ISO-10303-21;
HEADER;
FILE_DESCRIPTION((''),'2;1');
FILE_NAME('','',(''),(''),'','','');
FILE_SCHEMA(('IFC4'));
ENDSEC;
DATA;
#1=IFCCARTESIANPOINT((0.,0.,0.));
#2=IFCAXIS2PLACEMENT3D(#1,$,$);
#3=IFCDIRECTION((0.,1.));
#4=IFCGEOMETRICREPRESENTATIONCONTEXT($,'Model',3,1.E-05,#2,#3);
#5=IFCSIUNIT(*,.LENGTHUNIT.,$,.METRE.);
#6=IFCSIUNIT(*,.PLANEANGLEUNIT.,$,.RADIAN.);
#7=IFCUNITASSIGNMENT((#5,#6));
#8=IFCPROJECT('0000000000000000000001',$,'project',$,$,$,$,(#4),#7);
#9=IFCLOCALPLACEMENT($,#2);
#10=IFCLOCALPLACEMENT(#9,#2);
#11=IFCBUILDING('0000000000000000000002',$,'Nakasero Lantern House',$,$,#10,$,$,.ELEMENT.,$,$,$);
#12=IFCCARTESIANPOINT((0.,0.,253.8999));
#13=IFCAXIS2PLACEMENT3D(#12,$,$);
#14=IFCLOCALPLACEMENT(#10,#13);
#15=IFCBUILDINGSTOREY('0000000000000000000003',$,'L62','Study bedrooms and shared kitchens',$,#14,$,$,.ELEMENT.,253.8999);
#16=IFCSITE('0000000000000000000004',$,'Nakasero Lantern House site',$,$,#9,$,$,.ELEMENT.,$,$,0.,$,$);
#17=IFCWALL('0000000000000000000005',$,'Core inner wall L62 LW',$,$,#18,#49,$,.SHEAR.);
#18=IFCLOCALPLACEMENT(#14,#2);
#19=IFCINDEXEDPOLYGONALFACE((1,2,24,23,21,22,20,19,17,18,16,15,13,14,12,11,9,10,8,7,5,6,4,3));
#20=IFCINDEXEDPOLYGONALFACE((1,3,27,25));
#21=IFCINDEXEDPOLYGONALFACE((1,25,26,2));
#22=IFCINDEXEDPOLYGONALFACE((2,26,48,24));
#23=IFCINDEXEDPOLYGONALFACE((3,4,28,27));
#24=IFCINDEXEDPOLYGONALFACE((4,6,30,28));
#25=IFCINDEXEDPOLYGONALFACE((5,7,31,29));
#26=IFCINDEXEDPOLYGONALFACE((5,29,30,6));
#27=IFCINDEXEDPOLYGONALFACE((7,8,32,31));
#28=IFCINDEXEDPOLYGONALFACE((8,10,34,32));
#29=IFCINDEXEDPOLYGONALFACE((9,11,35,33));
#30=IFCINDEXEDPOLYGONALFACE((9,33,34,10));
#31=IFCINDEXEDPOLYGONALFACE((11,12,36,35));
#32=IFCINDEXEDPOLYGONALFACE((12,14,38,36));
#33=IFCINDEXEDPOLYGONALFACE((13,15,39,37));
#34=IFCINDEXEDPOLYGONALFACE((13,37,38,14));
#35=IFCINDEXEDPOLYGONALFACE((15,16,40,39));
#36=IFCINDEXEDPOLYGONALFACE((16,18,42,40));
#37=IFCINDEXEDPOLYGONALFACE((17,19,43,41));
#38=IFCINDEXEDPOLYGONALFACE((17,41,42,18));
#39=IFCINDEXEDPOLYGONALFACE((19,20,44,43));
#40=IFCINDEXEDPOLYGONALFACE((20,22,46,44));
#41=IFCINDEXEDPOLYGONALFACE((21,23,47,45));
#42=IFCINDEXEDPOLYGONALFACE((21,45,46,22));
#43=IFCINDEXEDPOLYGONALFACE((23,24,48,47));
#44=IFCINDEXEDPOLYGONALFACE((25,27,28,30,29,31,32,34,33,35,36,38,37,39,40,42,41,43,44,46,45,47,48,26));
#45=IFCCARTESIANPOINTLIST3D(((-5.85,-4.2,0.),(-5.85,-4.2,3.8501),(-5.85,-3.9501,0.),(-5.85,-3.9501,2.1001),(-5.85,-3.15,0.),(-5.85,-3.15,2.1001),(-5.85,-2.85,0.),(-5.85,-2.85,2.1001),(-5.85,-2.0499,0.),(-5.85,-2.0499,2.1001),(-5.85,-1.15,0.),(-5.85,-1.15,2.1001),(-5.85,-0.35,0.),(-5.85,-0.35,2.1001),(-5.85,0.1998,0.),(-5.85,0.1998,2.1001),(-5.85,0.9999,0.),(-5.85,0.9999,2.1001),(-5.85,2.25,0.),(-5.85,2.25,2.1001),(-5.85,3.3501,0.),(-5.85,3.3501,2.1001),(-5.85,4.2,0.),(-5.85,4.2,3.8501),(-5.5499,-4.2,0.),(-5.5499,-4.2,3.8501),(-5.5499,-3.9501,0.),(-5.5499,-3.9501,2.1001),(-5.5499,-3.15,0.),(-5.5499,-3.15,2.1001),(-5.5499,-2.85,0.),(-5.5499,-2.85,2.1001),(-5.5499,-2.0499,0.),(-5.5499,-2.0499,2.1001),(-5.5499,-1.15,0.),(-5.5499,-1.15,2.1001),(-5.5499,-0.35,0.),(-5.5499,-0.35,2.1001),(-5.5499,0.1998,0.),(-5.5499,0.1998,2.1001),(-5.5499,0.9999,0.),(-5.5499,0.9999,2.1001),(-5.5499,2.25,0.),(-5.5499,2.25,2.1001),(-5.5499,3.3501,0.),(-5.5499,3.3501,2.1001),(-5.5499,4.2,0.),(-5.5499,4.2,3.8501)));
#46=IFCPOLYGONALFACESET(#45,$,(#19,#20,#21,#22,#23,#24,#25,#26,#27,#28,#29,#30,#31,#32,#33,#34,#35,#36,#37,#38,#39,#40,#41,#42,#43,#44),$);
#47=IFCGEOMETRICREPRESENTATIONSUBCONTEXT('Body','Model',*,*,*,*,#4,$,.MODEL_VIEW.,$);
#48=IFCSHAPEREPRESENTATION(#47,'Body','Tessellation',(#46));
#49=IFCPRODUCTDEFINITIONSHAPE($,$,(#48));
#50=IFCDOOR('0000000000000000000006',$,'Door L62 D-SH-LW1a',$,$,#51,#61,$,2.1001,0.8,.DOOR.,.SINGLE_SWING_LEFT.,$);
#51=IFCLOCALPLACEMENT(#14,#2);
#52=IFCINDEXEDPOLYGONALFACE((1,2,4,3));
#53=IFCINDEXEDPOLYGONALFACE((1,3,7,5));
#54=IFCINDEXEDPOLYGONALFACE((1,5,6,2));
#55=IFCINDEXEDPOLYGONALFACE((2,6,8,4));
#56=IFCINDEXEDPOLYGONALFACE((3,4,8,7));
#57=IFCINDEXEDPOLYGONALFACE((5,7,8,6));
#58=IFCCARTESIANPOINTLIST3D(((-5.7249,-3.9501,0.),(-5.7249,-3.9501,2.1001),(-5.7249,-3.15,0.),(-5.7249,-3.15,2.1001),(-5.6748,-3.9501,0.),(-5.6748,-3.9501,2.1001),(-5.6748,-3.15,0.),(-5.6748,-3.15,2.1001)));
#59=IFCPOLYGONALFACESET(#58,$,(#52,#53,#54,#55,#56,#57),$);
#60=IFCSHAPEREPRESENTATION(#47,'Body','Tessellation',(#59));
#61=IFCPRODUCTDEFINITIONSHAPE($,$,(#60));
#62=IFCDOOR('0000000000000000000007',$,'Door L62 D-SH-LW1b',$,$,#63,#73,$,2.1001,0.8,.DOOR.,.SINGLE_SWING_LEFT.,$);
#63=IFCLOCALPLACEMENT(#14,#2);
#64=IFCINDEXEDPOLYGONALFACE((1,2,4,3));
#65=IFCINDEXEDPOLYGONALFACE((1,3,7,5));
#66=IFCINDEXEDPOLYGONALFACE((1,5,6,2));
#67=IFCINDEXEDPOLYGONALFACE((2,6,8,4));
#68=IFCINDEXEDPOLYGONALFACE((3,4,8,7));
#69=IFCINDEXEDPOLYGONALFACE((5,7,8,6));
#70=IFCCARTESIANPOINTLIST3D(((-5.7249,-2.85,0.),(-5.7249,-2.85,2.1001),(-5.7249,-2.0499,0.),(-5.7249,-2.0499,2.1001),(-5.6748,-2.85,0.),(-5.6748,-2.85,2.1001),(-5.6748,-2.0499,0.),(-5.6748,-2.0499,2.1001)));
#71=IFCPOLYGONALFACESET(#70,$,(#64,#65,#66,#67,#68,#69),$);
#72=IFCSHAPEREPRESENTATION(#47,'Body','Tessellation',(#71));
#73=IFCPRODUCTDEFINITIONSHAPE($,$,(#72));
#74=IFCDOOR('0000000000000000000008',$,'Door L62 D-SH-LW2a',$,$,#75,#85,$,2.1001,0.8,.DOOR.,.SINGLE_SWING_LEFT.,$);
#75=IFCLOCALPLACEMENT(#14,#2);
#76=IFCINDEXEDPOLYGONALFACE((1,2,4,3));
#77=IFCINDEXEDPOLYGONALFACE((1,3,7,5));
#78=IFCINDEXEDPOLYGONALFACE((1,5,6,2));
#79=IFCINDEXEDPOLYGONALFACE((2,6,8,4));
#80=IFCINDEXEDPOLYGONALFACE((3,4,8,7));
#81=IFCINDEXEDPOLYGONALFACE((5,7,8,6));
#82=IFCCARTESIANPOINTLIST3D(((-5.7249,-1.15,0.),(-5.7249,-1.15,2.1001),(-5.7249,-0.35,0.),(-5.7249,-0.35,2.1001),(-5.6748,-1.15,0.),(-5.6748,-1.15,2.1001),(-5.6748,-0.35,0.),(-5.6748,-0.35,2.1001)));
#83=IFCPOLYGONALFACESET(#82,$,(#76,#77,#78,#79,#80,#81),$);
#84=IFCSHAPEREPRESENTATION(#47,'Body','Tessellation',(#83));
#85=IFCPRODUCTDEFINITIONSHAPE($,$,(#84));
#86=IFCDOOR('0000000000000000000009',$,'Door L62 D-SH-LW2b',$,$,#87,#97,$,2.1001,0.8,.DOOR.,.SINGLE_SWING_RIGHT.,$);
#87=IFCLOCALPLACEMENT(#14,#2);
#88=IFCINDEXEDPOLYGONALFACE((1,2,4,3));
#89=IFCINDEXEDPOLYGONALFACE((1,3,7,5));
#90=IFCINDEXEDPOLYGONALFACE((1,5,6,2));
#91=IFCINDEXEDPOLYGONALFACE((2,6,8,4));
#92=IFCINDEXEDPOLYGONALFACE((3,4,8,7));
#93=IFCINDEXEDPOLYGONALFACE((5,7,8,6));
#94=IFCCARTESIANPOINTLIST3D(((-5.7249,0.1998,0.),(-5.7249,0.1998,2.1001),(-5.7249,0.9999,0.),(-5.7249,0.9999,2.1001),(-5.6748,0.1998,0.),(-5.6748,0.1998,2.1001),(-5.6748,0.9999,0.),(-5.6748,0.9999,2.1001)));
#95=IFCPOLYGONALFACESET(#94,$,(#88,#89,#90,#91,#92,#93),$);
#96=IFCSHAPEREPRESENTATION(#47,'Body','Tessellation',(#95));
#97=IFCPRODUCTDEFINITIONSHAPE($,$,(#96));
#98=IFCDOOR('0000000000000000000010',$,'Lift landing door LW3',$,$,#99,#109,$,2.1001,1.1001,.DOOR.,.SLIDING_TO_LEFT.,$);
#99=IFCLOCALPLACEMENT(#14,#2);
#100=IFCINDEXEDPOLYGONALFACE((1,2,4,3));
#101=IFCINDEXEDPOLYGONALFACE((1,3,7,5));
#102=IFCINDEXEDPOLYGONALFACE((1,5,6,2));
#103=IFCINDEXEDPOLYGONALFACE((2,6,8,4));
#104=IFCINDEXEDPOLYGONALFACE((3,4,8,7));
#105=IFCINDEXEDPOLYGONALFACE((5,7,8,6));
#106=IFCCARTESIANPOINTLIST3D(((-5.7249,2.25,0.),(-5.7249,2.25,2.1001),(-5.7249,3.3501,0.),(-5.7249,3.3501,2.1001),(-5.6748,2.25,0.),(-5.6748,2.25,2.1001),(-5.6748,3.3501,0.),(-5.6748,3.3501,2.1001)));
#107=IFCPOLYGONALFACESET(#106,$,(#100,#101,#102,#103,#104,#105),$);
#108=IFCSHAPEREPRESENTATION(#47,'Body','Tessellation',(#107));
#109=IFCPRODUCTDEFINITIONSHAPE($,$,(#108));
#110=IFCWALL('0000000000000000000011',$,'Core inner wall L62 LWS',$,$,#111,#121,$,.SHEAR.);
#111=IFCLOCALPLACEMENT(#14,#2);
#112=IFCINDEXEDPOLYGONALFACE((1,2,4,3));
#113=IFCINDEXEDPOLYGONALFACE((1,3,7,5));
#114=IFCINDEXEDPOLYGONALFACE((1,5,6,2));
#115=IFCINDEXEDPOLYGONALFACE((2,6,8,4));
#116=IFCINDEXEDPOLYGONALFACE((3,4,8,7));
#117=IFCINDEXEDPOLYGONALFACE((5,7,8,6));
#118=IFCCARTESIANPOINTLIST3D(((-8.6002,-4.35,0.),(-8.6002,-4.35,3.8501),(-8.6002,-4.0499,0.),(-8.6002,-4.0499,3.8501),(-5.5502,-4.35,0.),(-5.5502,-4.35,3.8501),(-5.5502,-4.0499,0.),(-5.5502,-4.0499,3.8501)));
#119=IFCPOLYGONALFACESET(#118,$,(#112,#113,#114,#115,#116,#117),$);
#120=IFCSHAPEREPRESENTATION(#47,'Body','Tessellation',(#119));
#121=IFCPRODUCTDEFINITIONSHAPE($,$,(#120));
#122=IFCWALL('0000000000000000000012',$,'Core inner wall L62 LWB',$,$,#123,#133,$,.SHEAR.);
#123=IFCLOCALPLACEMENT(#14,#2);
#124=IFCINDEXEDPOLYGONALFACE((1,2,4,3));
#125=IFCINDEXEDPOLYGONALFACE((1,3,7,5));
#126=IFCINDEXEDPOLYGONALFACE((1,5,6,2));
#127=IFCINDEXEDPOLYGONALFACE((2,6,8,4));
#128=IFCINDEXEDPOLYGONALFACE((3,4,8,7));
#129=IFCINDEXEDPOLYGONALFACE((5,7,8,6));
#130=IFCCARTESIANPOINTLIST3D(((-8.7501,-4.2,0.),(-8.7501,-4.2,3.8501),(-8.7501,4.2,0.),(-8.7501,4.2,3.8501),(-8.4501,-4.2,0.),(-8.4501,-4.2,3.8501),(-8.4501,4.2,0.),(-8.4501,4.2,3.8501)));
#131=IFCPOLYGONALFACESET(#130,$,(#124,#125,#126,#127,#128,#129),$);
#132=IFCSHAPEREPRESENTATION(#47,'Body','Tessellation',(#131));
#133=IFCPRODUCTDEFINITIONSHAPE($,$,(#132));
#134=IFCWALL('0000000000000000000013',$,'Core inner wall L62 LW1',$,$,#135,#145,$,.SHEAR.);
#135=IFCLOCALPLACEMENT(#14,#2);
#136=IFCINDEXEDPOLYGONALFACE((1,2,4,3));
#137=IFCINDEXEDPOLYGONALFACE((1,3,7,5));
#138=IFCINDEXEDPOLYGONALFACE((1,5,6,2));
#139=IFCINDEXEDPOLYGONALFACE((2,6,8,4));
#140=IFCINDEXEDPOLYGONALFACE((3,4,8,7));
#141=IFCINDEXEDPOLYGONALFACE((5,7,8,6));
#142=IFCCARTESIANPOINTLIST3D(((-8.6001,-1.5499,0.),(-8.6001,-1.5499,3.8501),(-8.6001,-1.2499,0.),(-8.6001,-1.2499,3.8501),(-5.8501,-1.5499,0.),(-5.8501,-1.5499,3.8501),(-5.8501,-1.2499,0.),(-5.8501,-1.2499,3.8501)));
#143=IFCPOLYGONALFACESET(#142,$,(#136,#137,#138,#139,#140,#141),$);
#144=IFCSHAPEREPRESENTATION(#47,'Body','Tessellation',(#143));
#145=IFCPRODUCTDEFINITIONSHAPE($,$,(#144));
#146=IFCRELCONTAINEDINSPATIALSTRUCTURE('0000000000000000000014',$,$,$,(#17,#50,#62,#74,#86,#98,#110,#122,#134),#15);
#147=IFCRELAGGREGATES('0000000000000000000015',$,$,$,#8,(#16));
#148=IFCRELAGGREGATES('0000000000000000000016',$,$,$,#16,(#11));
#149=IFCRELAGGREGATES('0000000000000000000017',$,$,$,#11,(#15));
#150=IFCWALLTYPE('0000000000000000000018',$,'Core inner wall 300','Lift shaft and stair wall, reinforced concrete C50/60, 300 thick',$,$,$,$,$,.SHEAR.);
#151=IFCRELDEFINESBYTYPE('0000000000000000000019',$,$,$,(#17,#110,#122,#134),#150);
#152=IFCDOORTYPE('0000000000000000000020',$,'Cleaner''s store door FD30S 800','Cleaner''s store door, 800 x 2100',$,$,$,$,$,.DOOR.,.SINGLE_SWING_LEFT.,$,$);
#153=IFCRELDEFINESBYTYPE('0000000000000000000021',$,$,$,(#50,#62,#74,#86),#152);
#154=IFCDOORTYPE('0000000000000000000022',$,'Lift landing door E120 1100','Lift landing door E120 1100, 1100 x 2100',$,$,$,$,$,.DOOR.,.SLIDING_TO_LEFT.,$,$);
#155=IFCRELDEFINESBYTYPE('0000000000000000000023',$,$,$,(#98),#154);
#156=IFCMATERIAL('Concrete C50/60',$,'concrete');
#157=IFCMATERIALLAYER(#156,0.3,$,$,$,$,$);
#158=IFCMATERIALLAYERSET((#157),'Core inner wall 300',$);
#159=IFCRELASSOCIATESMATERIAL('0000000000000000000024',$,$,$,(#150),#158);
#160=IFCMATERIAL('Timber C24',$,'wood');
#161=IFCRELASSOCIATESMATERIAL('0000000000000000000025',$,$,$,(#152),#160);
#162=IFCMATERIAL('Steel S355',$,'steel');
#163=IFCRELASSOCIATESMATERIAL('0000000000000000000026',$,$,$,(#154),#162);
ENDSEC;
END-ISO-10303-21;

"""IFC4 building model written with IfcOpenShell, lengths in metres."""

from ifc_helpers import new_model, si_unit, direction, frame, frame_2d, origin, place, context, subcontext, project, spatial, rectangle, extrude, material, layer, layer_set, type_object, element, fill, save


model = new_model("IFC4")

# Units and contexts
model_context = context("Model", 3, precision=1e-05, world=origin(), true_north=direction((0.0, 1.0)))
body_context = subcontext(model_context, "Body", "Model", "MODEL_VIEW")
ifc_project = project(units=[si_unit("LENGTHUNIT", "METRE"), si_unit("PLANEANGLEUNIT", "RADIAN")], contexts=[model_context])

# Site, building, storey
site_placement = place(None, origin())
site = spatial("IfcSite", under=ifc_project, at=site_placement, Name="Nakasero Lantern House site", CompositionType="ELEMENT", RefElevation=0.0)
building_placement = place(site_placement, origin())
building = spatial("IfcBuilding", under=site, at=building_placement, Name="Nakasero Lantern House", CompositionType="ELEMENT")
storey_placement = place(building_placement, frame((0.0, 0.0, 253.8999)))
storey = spatial("IfcBuildingStorey", under=building, at=storey_placement, Name="L62", Description="Study bedrooms and shared kitchens", CompositionType="ELEMENT", Elevation=253.8999)

# Wall, openings, doors
ifc_material_1 = material(Name="Concrete C50/60", Category="concrete")
ifc_layer_1 = layer(ifc_material_1, 0.3)
ifc_layer_set_1 = layer_set([ifc_layer_1], Name="Core inner wall 300")
wall_type_1 = type_object("IfcWallType", Name="Core inner wall 300", Description="Lift shaft and stair wall, reinforced concrete C50/60, 300 thick", PredefinedType="SHEAR", material=ifc_layer_set_1)
wall_1_placement = place(storey_placement, frame((-5.7, -4.2, 0.0), z_axis=(0.0, 0.0, 1.0), x_axis=(0.0, 1.0, 0.0)))
wall_1 = element("IfcWall", 1, at=wall_1_placement, inside=storey, type_object=wall_type_1, Name="Core inner wall L62 LW", PredefinedType="SHEAR", context=body_context, shape_type="SweptSolid", body=[
    extrude(rectangle(XDim=8.3999, YDim=0.3, at=frame_2d((4.2, 0.0))), origin(), (0.0, 0.0, 1.0), 3.8501),
])
opening_1_placement = place(wall_1_placement, frame((0.25, 0.0, 0.0)))
opening_1 = element("IfcOpeningElement", 2, at=opening_1_placement, cuts=wall_1, PredefinedType="OPENING", context=body_context, shape_type="SweptSolid", body=[
    extrude(rectangle(XDim=0.8, YDim=2.1001, at=frame_2d((0.3999, 1.05))), frame((0.0, 0.1699, 0.0), z_axis=(0.0, -1.0, 0.0), x_axis=(1.0, 0.0, 0.0)), (0.0, 0.0, 1.0), 0.3401),
])
opening_2_placement = place(wall_1_placement, frame((1.3501, 0.0, 0.0)))
opening_2 = element("IfcOpeningElement", 3, at=opening_2_placement, cuts=wall_1, PredefinedType="OPENING", context=body_context, shape_type="SweptSolid", body=[
    extrude(rectangle(XDim=0.8, YDim=2.1001, at=frame_2d((0.3999, 1.05))), frame((0.0, 0.1699, 0.0), z_axis=(0.0, -1.0, 0.0), x_axis=(1.0, 0.0, 0.0)), (0.0, 0.0, 1.0), 0.3401),
])
opening_3_placement = place(wall_1_placement, frame((3.05, 0.0, 0.0)))
opening_3 = element("IfcOpeningElement", 4, at=opening_3_placement, cuts=wall_1, PredefinedType="OPENING", context=body_context, shape_type="SweptSolid", body=[
    extrude(rectangle(XDim=0.8, YDim=2.1001, at=frame_2d((0.3999, 1.05))), frame((0.0, 0.1699, 0.0), z_axis=(0.0, -1.0, 0.0), x_axis=(1.0, 0.0, 0.0)), (0.0, 0.0, 1.0), 0.3401),
])
opening_4_placement = place(wall_1_placement, frame((4.3999, 0.0, 0.0)))
opening_4 = element("IfcOpeningElement", 5, at=opening_4_placement, cuts=wall_1, PredefinedType="OPENING", context=body_context, shape_type="SweptSolid", body=[
    extrude(rectangle(XDim=0.8, YDim=2.1001, at=frame_2d((0.3999, 1.05))), frame((0.0, 0.1699, 0.0), z_axis=(0.0, -1.0, 0.0), x_axis=(1.0, 0.0, 0.0)), (0.0, 0.0, 1.0), 0.3401),
])
opening_5_placement = place(wall_1_placement, frame((6.45, 0.0, 0.0)))
opening_5 = element("IfcOpeningElement", 6, at=opening_5_placement, cuts=wall_1, PredefinedType="OPENING", context=body_context, shape_type="SweptSolid", body=[
    extrude(rectangle(XDim=1.1001, YDim=2.1001, at=frame_2d((0.55, 1.05))), frame((0.0, 0.1699, 0.0), z_axis=(0.0, -1.0, 0.0), x_axis=(1.0, 0.0, 0.0)), (0.0, 0.0, 1.0), 0.3401),
])
ifc_material_2 = material(Name="Timber C24", Category="wood")
door_type_1 = type_object("IfcDoorType", Name="Cleaner's store door FD30S 800", Description="Cleaner's store door, 800 x 2100", OperationType="SINGLE_SWING_LEFT", PredefinedType="DOOR", material=ifc_material_2)
door_1_placement = place(opening_1_placement, origin())
door_1 = element("IfcDoor", 7, at=door_1_placement, inside=storey, type_object=door_type_1, Name="Door L62 D-SH-LW1a", OperationType="SINGLE_SWING_LEFT", OverallHeight=2.1001, OverallWidth=0.8, PredefinedType="DOOR", context=body_context, shape_type="SweptSolid", body=[
    extrude(rectangle(XDim=0.8, YDim=2.1001, at=frame_2d((0.3999, 1.05))), frame((0.0, 0.0249, 0.0), z_axis=(0.0, -1.0, 0.0), x_axis=(1.0, 0.0, 0.0)), (0.0, 0.0, 1.0), 0.05),
])
fill(opening_1, door_1)
door_2_placement = place(opening_2_placement, origin())
door_2 = element("IfcDoor", 8, at=door_2_placement, inside=storey, type_object=door_type_1, Name="Door L62 D-SH-LW1b", OperationType="SINGLE_SWING_LEFT", OverallHeight=2.1001, OverallWidth=0.8, PredefinedType="DOOR", context=body_context, shape_type="SweptSolid", body=[
    extrude(rectangle(XDim=0.8, YDim=2.1001, at=frame_2d((0.3999, 1.05))), frame((0.0, 0.0249, 0.0), z_axis=(0.0, -1.0, 0.0), x_axis=(1.0, 0.0, 0.0)), (0.0, 0.0, 1.0), 0.05),
])
fill(opening_2, door_2)
door_3_placement = place(opening_3_placement, origin())
door_3 = element("IfcDoor", 9, at=door_3_placement, inside=storey, type_object=door_type_1, Name="Door L62 D-SH-LW2a", OperationType="SINGLE_SWING_LEFT", OverallHeight=2.1001, OverallWidth=0.8, PredefinedType="DOOR", context=body_context, shape_type="SweptSolid", body=[
    extrude(rectangle(XDim=0.8, YDim=2.1001, at=frame_2d((0.3999, 1.05))), frame((0.0, 0.0249, 0.0), z_axis=(0.0, -1.0, 0.0), x_axis=(1.0, 0.0, 0.0)), (0.0, 0.0, 1.0), 0.05),
])
fill(opening_3, door_3)
door_4_placement = place(opening_4_placement, origin())
door_4 = element("IfcDoor", 10, at=door_4_placement, inside=storey, type_object=door_type_1, Name="Door L62 D-SH-LW2b", OperationType="SINGLE_SWING_RIGHT", OverallHeight=2.1001, OverallWidth=0.8, PredefinedType="DOOR", context=body_context, shape_type="SweptSolid", body=[
    extrude(rectangle(XDim=0.8, YDim=2.1001, at=frame_2d((0.3999, 1.05))), frame((0.0, 0.0249, 0.0), z_axis=(0.0, -1.0, 0.0), x_axis=(1.0, 0.0, 0.0)), (0.0, 0.0, 1.0), 0.05),
])
fill(opening_4, door_4)
ifc_material_3 = material(Name="Steel S355", Category="steel")
door_type_2 = type_object("IfcDoorType", Name="Lift landing door E120 1100", Description="Lift landing door E120 1100, 1100 x 2100", OperationType="SLIDING_TO_LEFT", PredefinedType="DOOR", material=ifc_material_3)
door_5_placement = place(opening_5_placement, origin())
door_5 = element("IfcDoor", 11, at=door_5_placement, inside=storey, type_object=door_type_2, Name="Lift landing door LW3", OperationType="SLIDING_TO_LEFT", OverallHeight=2.1001, OverallWidth=1.1001, PredefinedType="DOOR", context=body_context, shape_type="SweptSolid", body=[
    extrude(rectangle(XDim=1.1001, YDim=2.1001, at=frame_2d((0.55, 1.05))), frame((0.0, 0.0249, 0.0), z_axis=(0.0, -1.0, 0.0), x_axis=(1.0, 0.0, 0.0)), (0.0, 0.0, 1.0), 0.05),
])
fill(opening_5, door_5)

# Walls
wall_2_placement = place(storey_placement, frame((-8.6001, -4.2, 0.0), z_axis=(0.0, 0.0, 1.0), x_axis=(1.0, 0.0, 0.0)))
element("IfcWall", 12, at=wall_2_placement, inside=storey, type_object=wall_type_1, Name="Core inner wall L62 LWS", PredefinedType="SHEAR", context=body_context, shape_type="SweptSolid", body=[
    extrude(rectangle(XDim=3.05, YDim=0.3, at=frame_2d((1.5249, 0.0))), origin(), (0.0, 0.0, 1.0), 3.8501),
])
wall_3_placement = place(storey_placement, frame((-8.6001, -4.2, 0.0), z_axis=(0.0, 0.0, 1.0), x_axis=(0.0, 1.0, 0.0)))
element("IfcWall", 13, at=wall_3_placement, inside=storey, type_object=wall_type_1, Name="Core inner wall L62 LWB", PredefinedType="SHEAR", context=body_context, shape_type="SweptSolid", body=[
    extrude(rectangle(XDim=8.3999, YDim=0.3, at=frame_2d((4.2, 0.0))), origin(), (0.0, 0.0, 1.0), 3.8501),
])
wall_4_placement = place(storey_placement, frame((-8.6001, -1.3999, 0.0), z_axis=(0.0, 0.0, 1.0), x_axis=(1.0, 0.0, 0.0)))
element("IfcWall", 14, at=wall_4_placement, inside=storey, type_object=wall_type_1, Name="Core inner wall L62 LW1", PredefinedType="SHEAR", context=body_context, shape_type="SweptSolid", body=[
    extrude(rectangle(XDim=2.75, YDim=0.3, at=frame_2d((1.375, 0.0))), origin(), (0.0, 0.0, 1.0), 3.8501),
])

save(model, "model.ifc")
